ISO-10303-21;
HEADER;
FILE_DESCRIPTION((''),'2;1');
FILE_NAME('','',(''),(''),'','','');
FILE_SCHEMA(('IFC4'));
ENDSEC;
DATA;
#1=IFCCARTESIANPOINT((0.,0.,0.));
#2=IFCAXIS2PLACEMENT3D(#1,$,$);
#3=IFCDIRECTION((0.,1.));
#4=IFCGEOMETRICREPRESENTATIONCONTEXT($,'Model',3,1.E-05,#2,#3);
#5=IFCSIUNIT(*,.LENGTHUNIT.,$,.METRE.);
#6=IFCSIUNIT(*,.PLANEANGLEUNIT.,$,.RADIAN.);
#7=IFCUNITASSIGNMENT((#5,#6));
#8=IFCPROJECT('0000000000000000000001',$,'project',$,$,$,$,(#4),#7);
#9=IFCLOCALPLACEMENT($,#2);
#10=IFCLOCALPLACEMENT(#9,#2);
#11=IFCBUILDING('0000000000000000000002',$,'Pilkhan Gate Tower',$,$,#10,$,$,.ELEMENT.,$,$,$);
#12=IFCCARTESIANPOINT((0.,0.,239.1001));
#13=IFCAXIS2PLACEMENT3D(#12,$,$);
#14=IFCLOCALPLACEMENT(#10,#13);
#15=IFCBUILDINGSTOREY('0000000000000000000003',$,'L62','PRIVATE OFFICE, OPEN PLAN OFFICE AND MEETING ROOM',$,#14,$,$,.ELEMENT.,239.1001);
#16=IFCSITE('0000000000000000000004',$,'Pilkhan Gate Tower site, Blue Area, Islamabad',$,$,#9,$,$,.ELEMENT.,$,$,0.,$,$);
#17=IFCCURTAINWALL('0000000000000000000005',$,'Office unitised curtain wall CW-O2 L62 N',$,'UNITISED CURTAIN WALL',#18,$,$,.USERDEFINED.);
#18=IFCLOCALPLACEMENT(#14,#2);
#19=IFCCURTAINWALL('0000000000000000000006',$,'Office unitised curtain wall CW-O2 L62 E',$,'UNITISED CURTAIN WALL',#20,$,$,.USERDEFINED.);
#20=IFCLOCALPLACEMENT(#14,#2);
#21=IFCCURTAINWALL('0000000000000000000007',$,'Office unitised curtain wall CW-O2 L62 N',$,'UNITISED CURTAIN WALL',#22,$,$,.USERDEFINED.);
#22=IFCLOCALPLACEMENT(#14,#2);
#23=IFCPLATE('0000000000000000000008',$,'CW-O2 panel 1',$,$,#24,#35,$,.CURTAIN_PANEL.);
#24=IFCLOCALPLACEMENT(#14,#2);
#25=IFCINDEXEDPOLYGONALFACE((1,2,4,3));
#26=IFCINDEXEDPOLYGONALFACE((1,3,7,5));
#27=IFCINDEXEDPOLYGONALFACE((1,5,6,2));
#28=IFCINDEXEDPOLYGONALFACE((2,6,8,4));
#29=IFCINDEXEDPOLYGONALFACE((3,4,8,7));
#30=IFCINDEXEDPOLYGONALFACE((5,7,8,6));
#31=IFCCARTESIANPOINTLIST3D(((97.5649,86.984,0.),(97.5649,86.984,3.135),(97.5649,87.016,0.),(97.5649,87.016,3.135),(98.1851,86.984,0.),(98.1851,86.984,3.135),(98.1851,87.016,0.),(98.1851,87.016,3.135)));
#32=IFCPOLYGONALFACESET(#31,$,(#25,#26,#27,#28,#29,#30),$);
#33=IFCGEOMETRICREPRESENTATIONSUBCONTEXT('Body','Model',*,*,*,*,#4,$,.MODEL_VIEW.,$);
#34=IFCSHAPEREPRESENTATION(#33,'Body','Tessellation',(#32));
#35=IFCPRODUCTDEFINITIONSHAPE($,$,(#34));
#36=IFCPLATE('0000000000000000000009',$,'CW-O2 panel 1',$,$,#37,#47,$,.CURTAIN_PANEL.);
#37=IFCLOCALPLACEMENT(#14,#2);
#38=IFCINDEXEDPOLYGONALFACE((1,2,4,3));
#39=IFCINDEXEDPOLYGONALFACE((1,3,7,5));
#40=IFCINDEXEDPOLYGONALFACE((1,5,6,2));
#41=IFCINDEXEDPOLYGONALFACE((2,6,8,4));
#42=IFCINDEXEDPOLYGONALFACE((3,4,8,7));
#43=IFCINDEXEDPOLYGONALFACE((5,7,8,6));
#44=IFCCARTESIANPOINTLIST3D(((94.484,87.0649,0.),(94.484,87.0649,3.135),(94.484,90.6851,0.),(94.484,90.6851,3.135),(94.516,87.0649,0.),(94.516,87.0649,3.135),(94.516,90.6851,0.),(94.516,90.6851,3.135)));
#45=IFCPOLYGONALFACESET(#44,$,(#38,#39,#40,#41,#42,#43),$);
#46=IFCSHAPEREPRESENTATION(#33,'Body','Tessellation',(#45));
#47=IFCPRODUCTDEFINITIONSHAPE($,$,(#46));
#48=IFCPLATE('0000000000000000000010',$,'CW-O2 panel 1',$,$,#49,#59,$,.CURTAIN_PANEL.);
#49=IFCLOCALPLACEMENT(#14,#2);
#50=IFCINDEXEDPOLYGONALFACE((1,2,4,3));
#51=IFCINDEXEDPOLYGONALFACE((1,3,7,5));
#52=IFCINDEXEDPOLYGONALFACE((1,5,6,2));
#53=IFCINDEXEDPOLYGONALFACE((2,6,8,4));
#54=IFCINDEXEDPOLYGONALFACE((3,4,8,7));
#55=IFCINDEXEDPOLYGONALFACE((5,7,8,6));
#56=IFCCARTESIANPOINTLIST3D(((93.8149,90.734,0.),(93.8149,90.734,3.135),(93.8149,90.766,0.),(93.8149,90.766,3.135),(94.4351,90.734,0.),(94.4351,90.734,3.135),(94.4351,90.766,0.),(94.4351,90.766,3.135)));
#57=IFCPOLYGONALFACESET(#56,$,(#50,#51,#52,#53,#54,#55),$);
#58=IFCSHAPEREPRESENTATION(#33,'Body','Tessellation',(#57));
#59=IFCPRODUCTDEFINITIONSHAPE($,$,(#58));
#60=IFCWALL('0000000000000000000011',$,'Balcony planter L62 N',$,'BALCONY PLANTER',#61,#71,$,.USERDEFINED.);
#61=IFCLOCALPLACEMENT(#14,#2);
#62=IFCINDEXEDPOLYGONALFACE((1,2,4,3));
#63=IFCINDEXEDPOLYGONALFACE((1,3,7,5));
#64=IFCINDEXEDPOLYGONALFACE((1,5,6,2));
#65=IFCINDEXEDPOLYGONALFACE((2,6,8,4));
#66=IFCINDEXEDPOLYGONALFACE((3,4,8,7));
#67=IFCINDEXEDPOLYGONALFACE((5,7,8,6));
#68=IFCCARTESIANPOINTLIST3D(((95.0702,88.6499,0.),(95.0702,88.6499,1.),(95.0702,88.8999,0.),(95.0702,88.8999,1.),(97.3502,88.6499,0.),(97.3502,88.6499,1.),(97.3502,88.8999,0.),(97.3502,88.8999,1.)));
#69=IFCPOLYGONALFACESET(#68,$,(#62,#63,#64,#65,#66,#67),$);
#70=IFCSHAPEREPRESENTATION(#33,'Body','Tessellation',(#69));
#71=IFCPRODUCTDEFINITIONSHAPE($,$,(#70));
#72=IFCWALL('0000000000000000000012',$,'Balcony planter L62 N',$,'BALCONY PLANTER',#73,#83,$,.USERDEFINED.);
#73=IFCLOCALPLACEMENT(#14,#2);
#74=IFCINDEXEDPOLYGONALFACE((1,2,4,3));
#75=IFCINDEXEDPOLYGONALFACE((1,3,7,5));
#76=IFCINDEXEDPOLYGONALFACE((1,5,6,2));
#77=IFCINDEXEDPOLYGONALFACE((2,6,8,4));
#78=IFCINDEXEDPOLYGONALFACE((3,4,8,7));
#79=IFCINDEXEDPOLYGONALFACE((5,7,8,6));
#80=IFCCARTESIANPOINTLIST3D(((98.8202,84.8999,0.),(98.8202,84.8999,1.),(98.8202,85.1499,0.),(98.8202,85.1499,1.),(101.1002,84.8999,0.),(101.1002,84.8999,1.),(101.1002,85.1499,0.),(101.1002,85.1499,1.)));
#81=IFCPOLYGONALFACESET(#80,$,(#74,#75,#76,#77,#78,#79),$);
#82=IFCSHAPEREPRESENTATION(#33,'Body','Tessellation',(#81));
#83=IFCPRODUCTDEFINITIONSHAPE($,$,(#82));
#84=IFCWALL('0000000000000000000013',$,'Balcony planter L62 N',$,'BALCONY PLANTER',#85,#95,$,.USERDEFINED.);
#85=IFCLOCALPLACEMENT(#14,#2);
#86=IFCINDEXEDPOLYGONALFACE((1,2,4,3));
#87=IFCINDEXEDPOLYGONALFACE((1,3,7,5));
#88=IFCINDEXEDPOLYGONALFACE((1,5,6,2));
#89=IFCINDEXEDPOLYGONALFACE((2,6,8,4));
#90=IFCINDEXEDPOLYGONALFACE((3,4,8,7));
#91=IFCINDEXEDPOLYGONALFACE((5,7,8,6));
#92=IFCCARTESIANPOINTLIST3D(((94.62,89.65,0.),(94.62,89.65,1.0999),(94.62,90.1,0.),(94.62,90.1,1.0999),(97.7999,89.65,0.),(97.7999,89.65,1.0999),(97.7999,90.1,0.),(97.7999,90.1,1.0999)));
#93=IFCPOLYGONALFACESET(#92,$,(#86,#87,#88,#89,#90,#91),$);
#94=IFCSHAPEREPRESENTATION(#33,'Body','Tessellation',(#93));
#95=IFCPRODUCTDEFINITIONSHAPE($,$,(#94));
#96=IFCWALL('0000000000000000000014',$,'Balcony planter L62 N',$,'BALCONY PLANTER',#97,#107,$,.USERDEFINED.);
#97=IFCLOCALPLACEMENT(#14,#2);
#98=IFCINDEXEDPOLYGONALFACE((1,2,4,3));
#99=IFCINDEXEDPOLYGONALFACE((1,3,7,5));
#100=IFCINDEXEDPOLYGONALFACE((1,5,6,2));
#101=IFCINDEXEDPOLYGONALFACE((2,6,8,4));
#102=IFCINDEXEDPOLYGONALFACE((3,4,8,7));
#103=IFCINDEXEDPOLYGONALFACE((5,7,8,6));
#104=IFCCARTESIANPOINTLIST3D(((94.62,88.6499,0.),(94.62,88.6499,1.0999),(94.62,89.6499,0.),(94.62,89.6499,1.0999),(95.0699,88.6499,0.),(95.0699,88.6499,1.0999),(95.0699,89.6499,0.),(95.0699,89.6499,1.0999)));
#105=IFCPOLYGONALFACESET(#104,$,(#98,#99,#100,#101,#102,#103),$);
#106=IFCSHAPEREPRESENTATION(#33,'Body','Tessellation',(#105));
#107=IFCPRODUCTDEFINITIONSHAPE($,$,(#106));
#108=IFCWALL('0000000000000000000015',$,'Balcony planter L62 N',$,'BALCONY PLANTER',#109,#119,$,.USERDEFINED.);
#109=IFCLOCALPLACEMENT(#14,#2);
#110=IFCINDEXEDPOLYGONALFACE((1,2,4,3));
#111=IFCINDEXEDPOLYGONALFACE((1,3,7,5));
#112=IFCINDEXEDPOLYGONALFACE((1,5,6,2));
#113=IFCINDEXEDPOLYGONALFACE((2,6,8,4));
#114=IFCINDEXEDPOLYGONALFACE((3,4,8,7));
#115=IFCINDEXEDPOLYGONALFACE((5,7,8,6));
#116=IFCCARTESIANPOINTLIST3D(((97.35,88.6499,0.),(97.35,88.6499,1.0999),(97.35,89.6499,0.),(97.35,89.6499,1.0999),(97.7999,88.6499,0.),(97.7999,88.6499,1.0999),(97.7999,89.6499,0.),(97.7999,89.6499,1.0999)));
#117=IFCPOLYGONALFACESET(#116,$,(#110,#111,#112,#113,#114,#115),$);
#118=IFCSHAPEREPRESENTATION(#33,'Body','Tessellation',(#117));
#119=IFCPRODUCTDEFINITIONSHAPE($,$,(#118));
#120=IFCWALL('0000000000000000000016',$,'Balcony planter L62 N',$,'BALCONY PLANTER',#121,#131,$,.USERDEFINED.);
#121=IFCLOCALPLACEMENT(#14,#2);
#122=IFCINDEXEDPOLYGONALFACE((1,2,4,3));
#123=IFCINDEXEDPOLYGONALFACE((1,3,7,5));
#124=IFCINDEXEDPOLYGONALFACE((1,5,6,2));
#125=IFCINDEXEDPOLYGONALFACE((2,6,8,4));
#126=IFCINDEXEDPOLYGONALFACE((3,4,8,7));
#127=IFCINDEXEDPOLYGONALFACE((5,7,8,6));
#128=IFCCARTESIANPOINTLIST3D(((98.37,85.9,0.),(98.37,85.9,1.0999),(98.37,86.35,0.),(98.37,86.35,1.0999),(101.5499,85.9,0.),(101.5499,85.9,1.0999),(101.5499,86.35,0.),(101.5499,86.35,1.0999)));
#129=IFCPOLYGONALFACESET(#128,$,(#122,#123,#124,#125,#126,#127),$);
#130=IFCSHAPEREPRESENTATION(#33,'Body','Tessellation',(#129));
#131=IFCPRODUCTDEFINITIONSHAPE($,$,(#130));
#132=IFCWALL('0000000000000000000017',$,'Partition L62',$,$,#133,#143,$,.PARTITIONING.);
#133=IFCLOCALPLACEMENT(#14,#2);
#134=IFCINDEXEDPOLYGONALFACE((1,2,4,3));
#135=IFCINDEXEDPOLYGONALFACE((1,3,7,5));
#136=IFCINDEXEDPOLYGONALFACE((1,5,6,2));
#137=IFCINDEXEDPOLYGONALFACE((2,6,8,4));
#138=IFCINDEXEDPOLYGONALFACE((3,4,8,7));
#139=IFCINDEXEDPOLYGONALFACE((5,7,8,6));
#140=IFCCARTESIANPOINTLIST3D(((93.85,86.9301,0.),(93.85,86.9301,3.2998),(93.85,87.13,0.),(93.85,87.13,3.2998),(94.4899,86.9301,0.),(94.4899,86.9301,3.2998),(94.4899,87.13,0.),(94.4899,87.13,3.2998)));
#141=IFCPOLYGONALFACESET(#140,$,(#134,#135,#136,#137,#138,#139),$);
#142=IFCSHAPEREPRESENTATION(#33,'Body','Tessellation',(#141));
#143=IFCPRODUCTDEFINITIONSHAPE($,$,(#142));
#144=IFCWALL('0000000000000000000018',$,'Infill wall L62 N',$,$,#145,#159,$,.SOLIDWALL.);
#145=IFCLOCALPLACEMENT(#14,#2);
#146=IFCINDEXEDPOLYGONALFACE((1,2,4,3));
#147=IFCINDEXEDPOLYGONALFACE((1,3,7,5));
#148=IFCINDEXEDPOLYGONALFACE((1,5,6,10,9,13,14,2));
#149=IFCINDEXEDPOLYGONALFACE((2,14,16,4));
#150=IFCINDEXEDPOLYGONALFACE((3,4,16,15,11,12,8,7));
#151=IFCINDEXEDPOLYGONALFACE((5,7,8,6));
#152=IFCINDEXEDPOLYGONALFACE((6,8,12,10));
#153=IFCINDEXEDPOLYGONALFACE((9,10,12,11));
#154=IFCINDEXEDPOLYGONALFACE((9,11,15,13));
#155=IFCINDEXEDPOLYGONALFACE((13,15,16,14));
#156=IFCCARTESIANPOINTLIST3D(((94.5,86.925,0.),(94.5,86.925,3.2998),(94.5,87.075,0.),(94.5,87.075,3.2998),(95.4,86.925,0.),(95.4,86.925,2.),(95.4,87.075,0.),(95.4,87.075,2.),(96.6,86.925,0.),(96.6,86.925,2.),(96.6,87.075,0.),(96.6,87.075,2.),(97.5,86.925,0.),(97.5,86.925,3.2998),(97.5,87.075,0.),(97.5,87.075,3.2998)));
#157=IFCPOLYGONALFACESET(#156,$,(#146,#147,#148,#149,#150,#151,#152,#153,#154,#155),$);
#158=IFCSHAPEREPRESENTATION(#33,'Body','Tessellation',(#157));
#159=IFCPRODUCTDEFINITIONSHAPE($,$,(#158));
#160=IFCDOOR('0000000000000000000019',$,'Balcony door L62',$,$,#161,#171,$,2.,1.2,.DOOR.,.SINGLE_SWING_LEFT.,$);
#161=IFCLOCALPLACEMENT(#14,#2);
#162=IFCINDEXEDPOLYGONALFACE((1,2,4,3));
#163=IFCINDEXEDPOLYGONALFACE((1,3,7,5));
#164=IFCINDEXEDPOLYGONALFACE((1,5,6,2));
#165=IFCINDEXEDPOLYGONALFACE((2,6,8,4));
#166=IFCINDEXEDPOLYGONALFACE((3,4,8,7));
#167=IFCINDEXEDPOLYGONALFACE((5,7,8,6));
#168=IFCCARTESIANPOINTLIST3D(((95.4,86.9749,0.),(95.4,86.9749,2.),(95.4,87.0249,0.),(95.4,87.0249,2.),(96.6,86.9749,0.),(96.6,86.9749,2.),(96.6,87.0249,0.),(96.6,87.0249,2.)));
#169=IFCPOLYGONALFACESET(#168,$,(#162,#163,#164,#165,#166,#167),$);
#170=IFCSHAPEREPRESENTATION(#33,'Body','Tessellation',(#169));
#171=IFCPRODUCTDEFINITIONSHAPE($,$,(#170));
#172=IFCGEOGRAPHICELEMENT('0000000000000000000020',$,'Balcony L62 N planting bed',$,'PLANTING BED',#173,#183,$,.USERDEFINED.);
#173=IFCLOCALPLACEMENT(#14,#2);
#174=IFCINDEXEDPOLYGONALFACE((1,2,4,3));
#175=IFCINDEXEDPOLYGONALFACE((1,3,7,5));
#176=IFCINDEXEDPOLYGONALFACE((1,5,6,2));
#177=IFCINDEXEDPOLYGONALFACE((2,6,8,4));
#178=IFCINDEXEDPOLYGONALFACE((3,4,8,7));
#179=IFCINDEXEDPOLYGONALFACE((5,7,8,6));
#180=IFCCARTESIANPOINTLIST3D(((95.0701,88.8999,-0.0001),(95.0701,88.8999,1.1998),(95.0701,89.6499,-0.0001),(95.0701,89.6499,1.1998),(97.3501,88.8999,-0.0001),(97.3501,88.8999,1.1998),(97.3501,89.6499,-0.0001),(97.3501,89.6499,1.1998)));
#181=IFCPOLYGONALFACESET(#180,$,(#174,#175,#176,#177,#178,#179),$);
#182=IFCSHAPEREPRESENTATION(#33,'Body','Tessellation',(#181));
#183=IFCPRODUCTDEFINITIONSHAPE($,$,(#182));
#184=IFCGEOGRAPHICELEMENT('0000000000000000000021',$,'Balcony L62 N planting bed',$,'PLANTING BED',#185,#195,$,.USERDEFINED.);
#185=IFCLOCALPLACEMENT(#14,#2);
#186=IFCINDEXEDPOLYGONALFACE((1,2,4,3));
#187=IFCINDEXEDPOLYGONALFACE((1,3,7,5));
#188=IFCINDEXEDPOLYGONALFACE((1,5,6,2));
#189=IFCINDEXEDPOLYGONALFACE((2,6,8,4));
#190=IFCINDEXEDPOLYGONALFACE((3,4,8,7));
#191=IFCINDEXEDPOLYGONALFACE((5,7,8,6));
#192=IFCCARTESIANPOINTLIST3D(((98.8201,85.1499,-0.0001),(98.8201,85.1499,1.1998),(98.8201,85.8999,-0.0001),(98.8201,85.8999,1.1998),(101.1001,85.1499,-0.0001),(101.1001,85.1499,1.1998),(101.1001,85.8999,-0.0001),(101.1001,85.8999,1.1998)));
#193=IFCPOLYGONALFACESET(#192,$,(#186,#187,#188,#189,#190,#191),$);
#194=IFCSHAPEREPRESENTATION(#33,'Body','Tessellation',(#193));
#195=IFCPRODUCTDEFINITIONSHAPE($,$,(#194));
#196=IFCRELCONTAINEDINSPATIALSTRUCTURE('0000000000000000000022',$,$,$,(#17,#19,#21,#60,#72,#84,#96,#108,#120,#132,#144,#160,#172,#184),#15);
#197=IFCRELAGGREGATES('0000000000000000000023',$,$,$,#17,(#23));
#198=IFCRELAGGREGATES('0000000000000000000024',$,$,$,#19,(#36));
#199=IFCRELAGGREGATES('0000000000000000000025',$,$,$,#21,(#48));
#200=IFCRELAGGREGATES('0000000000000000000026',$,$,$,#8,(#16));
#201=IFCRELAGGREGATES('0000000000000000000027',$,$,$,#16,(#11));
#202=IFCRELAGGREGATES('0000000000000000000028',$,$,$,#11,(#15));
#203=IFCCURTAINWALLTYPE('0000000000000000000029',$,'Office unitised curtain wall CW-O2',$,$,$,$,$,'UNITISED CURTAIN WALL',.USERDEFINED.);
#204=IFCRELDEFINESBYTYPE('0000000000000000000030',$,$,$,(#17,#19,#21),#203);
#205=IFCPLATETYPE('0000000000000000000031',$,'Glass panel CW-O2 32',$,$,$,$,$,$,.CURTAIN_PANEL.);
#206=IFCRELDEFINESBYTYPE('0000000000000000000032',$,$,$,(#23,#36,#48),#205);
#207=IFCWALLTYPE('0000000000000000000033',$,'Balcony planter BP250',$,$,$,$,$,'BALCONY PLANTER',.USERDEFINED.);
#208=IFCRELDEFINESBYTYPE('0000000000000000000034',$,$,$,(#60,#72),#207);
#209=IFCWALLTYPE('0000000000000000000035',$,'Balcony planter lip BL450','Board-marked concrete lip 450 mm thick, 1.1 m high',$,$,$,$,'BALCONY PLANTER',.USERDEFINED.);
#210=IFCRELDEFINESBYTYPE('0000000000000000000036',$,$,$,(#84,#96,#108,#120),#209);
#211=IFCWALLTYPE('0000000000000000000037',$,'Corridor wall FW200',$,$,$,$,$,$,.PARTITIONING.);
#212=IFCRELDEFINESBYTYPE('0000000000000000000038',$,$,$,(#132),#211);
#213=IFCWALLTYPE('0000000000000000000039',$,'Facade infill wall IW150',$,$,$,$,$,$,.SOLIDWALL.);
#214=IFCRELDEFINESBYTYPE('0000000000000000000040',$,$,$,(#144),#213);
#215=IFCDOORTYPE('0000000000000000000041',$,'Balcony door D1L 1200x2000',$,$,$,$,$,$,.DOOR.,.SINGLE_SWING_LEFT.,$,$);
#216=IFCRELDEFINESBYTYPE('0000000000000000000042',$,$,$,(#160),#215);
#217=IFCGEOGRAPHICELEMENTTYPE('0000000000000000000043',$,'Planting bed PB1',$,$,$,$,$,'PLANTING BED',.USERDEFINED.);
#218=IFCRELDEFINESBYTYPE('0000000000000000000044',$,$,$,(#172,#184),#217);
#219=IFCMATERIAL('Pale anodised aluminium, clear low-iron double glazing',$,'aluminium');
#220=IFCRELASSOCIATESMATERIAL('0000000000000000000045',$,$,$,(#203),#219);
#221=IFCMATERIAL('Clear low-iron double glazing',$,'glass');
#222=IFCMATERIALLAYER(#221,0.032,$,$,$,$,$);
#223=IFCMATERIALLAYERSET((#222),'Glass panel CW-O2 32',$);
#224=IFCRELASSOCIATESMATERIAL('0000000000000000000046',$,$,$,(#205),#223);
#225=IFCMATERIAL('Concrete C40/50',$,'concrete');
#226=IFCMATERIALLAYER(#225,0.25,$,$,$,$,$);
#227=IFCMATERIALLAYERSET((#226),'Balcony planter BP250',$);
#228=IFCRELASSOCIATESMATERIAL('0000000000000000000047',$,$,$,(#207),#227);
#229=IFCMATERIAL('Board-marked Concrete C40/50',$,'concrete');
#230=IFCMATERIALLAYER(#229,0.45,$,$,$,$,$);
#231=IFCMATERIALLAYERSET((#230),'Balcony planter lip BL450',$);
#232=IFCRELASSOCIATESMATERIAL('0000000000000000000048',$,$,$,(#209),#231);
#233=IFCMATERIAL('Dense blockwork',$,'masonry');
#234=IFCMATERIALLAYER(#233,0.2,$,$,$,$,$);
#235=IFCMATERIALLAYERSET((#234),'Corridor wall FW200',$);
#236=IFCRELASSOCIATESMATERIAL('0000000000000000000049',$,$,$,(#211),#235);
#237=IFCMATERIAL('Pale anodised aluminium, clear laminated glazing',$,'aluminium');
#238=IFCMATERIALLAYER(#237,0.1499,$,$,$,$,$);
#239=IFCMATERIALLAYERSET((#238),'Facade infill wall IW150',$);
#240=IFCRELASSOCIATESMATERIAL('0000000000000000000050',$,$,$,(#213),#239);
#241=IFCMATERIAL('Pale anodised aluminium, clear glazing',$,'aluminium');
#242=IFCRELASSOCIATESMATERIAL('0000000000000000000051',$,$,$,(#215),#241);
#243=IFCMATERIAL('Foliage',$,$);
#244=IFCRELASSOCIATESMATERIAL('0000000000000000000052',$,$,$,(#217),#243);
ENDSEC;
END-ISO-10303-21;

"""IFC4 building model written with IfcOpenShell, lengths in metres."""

from ifc_helpers import new_model, si_unit, direction, frame, frame_2d, origin, origin_2d, place, context, subcontext, project, spatial, rectangle, extrude, material, layer, layer_set, material_profile, profile_set, type_object, element, fill, aggregate, save


model = new_model("IFC4")

# Units and contexts
model_context = context("Model", 3, precision=1e-05, world=origin(), true_north=direction((0.0, 1.0)))
body_context = subcontext(model_context, "Body", "Model", "MODEL_VIEW")
ifc_project = project(units=[si_unit("LENGTHUNIT", "METRE"), si_unit("PLANEANGLEUNIT", "RADIAN")], contexts=[model_context])

# Site, building, storey
site_placement = place(None, origin())
site = spatial("IfcSite", under=ifc_project, at=site_placement, Name="Pilkhan Gate Tower site, Blue Area, Islamabad", CompositionType="ELEMENT", RefElevation=0.0)
building_placement = place(site_placement, origin())
building = spatial("IfcBuilding", under=site, at=building_placement, Name="Pilkhan Gate Tower", CompositionType="ELEMENT")
storey_placement = place(building_placement, frame((0.0, 0.0, 239.1001)))
storey = spatial("IfcBuildingStorey", under=building, at=storey_placement, Name="L62", Description="PRIVATE OFFICE, OPEN PLAN OFFICE AND MEETING ROOM", CompositionType="ELEMENT", Elevation=239.1001)

# Shared definitions
ifc_material_1 = material(Name="Pale anodised aluminium, clear low-iron double glazing", Category="aluminium")
curtain_wall_type = type_object("IfcCurtainWallType", Name="Office unitised curtain wall CW-O2", ElementType="UNITISED CURTAIN WALL", PredefinedType="USERDEFINED", material=ifc_material_1)

# Curtain walls
curtain_wall_1_placement = place(storey_placement, origin())
curtain_wall_1 = element("IfcCurtainWall", 1, at=curtain_wall_1_placement, inside=storey, type_object=curtain_wall_type, Name="Office unitised curtain wall CW-O2 L62 N", ObjectType="UNITISED CURTAIN WALL", PredefinedType="USERDEFINED")
curtain_wall_2_placement = place(storey_placement, origin())
curtain_wall_2 = element("IfcCurtainWall", 2, at=curtain_wall_2_placement, inside=storey, type_object=curtain_wall_type, Name="Office unitised curtain wall CW-O2 L62 E", ObjectType="UNITISED CURTAIN WALL", PredefinedType="USERDEFINED")

# Curtain wall
curtain_wall_3_placement = place(storey_placement, origin())
curtain_wall_3 = element("IfcCurtainWall", 3, at=curtain_wall_3_placement, inside=storey, type_object=curtain_wall_type, Name="Office unitised curtain wall CW-O2 L62 N", ObjectType="UNITISED CURTAIN WALL", PredefinedType="USERDEFINED")

# Plates
ifc_material_2 = material(Name="Clear low-iron double glazing", Category="glass")
ifc_layer_1 = layer(ifc_material_2, 0.032)
ifc_layer_set_1 = layer_set([ifc_layer_1], Name="Glass panel CW-O2 32")
plate_type = type_object("IfcPlateType", Name="Glass panel CW-O2 32", PredefinedType="CURTAIN_PANEL", material=ifc_layer_set_1)
plate_1_placement = place(storey_placement, frame((97.875, 87.0, 0.0), z_axis=(0.0, 0.0, 1.0), x_axis=(1.0, 0.0, 0.0)))
plate_1 = element("IfcPlate", 4, at=plate_1_placement, type_object=plate_type, Name="CW-O2 panel 1", PredefinedType="CURTAIN_PANEL", context=body_context, shape_type="SweptSolid", body=[
    extrude(rectangle(XDim=0.6201, YDim=0.032, at=origin_2d()), origin(), (0.0, 0.0, 1.0), 3.135),
])
aggregate(curtain_wall_1, [plate_1])
plate_2_placement = place(storey_placement, frame((94.5, 88.875, 0.0), z_axis=(0.0, 0.0, 1.0), x_axis=(0.0, 1.0, 0.0)))
plate_2 = element("IfcPlate", 5, at=plate_2_placement, type_object=plate_type, Name="CW-O2 panel 1", PredefinedType="CURTAIN_PANEL", context=body_context, shape_type="SweptSolid", body=[
    extrude(rectangle(XDim=3.6201, YDim=0.032, at=origin_2d()), origin(), (0.0, 0.0, 1.0), 3.135),
])
aggregate(curtain_wall_2, [plate_2])
plate_3_placement = place(storey_placement, frame((94.125, 90.75, 0.0), z_axis=(0.0, 0.0, 1.0), x_axis=(1.0, 0.0, 0.0)))
plate_3 = element("IfcPlate", 6, at=plate_3_placement, type_object=plate_type, Name="CW-O2 panel 1", PredefinedType="CURTAIN_PANEL", context=body_context, shape_type="SweptSolid", body=[
    extrude(rectangle(XDim=0.6201, YDim=0.032, at=origin_2d()), origin(), (0.0, 0.0, 1.0), 3.135),
])
aggregate(curtain_wall_3, [plate_3])

# Walls
ifc_material_3 = material(Name="Concrete C40/50", Category="concrete")
ifc_layer_2 = layer(ifc_material_3, 0.25)
ifc_layer_set_2 = layer_set([ifc_layer_2], Name="Balcony planter BP250")
wall_type_1 = type_object("IfcWallType", Name="Balcony planter BP250", ElementType="BALCONY PLANTER", PredefinedType="USERDEFINED", material=ifc_layer_set_2)
for number, where, z_axis, x_axis, name in (
    (7, (95.0701, 88.7749, 0.0), (0.0, 0.0, 1.0), (1.0, 0.0, 0.0), "Balcony planter L62 N"),
    (8, (98.8201, 85.0249, 0.0), (0.0, 0.0, 1.0), (1.0, 0.0, 0.0), "Balcony planter L62 N"),
):
    element("IfcWall", number, at=place(storey_placement, frame(where, z_axis=z_axis, x_axis=x_axis)), inside=storey, type_object=wall_type_1, Name=name, ObjectType="BALCONY PLANTER", PredefinedType="USERDEFINED", context=body_context, shape_type="SweptSolid", body=[
        extrude(rectangle(XDim=2.28, YDim=0.25, at=frame_2d((1.1401, 0.0))), origin(), (0.0, 0.0, 1.0), 1.0),
    ])
ifc_material_4 = material(Name="Board-marked Concrete C40/50", Category="concrete")
ifc_layer_3 = layer(ifc_material_4, 0.45)
ifc_layer_set_3 = layer_set([ifc_layer_3], Name="Balcony planter lip BL450")
wall_type_2 = type_object("IfcWallType", Name="Balcony planter lip BL450", Description="Board-marked concrete lip 450 mm thick, 1.1 m high", ElementType="BALCONY PLANTER", PredefinedType="USERDEFINED", material=ifc_layer_set_3)
wall_1_placement = place(storey_placement, frame((94.6201, 89.875, 0.0), z_axis=(0.0, 0.0, 1.0), x_axis=(1.0, 0.0, 0.0)))
element("IfcWall", 9, at=wall_1_placement, inside=storey, type_object=wall_type_2, Name="Balcony planter L62 N", ObjectType="BALCONY PLANTER", PredefinedType="USERDEFINED", context=body_context, shape_type="SweptSolid", body=[
    extrude(rectangle(XDim=3.1799, YDim=0.45, at=frame_2d((1.5898, 0.0))), origin(), (0.0, 0.0, 1.0), 1.0999),
])
for number, where, z_axis, x_axis, name in (
    (10, (94.845, 88.6499, 0.0), (0.0, 0.0, 1.0), (0.0, 1.0, 0.0), "Balcony planter L62 N"),
    (11, (97.575, 88.6499, 0.0), (0.0, 0.0, 1.0), (0.0, 1.0, 0.0), "Balcony planter L62 N"),
):
    element("IfcWall", number, at=place(storey_placement, frame(where, z_axis=z_axis, x_axis=x_axis)), inside=storey, type_object=wall_type_2, Name=name, ObjectType="BALCONY PLANTER", PredefinedType="USERDEFINED", context=body_context, shape_type="SweptSolid", body=[
        extrude(rectangle(XDim=1.0, YDim=0.45, at=frame_2d((0.5, 0.0))), origin(), (0.0, 0.0, 1.0), 1.0999),
    ])
wall_2_placement = place(storey_placement, frame((98.3701, 86.125, 0.0), z_axis=(0.0, 0.0, 1.0), x_axis=(1.0, 0.0, 0.0)))
element("IfcWall", 12, at=wall_2_placement, inside=storey, type_object=wall_type_2, Name="Balcony planter L62 N", ObjectType="BALCONY PLANTER", PredefinedType="USERDEFINED", context=body_context, shape_type="SweptSolid", body=[
    extrude(rectangle(XDim=3.1799, YDim=0.45, at=frame_2d((1.5898, 0.0))), origin(), (0.0, 0.0, 1.0), 1.0999),
])
ifc_material_5 = material(Name="Dense blockwork", Category="masonry")
ifc_layer_4 = layer(ifc_material_5, 0.2)
ifc_layer_set_4 = layer_set([ifc_layer_4], Name="Corridor wall FW200")
wall_type_3 = type_object("IfcWallType", Name="Corridor wall FW200", PredefinedType="PARTITIONING", material=ifc_layer_set_4)
wall_3_placement = place(storey_placement, frame((93.8501, 87.03, 0.0), z_axis=(0.0, 0.0, 1.0), x_axis=(1.0, 0.0, 0.0)))
element("IfcWall", 13, at=wall_3_placement, inside=storey, type_object=wall_type_3, Name="Partition L62", PredefinedType="PARTITIONING", context=body_context, shape_type="SweptSolid", body=[
    extrude(rectangle(XDim=0.6399, YDim=0.2, at=frame_2d((0.3198, 0.0))), origin(), (0.0, 0.0, 1.0), 3.2998),
])

# Wall, opening, door
ifc_material_6 = material(Name="Pale anodised aluminium, clear laminated glazing", Category="aluminium")
ifc_layer_5 = layer(ifc_material_6, 0.1499)
ifc_layer_set_5 = layer_set([ifc_layer_5], Name="Facade infill wall IW150")
wall_type_4 = type_object("IfcWallType", Name="Facade infill wall IW150", PredefinedType="SOLIDWALL", material=ifc_layer_set_5)
wall_4_placement = place(storey_placement, frame((94.5, 87.0, 0.0), z_axis=(0.0, 0.0, 1.0), x_axis=(1.0, 0.0, 0.0)))
wall_4 = element("IfcWall", 14, at=wall_4_placement, inside=storey, type_object=wall_type_4, Name="Infill wall L62 N", PredefinedType="SOLIDWALL", context=body_context, shape_type="SweptSolid", body=[
    extrude(rectangle(XDim=3.0, YDim=0.1499, at=frame_2d((1.5, 0.0))), origin(), (0.0, 0.0, 1.0), 3.2998),
])
opening_placement = place(wall_4_placement, frame((0.8999, 0.0, 0.0)))
opening = element("IfcOpeningElement", 15, at=opening_placement, cuts=wall_4, PredefinedType="OPENING", context=body_context, shape_type="SweptSolid", body=[
    extrude(rectangle(XDim=1.2, YDim=2.0, at=frame_2d((0.6001, 1.0))), frame((0.0, 0.085, 0.0), z_axis=(0.0, -1.0, 0.0), x_axis=(1.0, 0.0, 0.0)), (0.0, 0.0, 1.0), 0.1699),
])
ifc_material_7 = material(Name="Pale anodised aluminium, clear glazing", Category="aluminium")
door_type = type_object("IfcDoorType", Name="Balcony door D1L 1200x2000", OperationType="SINGLE_SWING_LEFT", PredefinedType="DOOR", material=ifc_material_7)
door_placement = place(opening_placement, origin())
door = element("IfcDoor", 16, at=door_placement, inside=storey, type_object=door_type, Name="Balcony door L62", OperationType="SINGLE_SWING_LEFT", OverallHeight=2.0, OverallWidth=1.2, PredefinedType="DOOR", context=body_context, shape_type="SweptSolid", body=[
    extrude(rectangle(XDim=1.2, YDim=2.0, at=frame_2d((0.6001, 1.0))), frame((0.0, 0.0249, 0.0), z_axis=(0.0, -1.0, 0.0), x_axis=(1.0, 0.0, 0.0)), (0.0, 0.0, 1.0), 0.05),
])
fill(opening, door)

# Geographic elements
ifc_material_8 = material(Name="Foliage")
ifc_material_profile_1 = material_profile(ifc_material_8, rectangle(XDim=0.75, YDim=1.2, at=origin_2d()), Name="Bed 750x1200")
ifc_profile_set_1 = profile_set([ifc_material_profile_1], Name="Foliage")
geographic_element_type_1 = type_object("IfcGeographicElementType", Name="Planting bed PB1", ElementType="PLANTING BED", PredefinedType="USERDEFINED", material=ifc_profile_set_1)
for number, where, z_axis, x_axis, name in (
    (17, (95.0701, 89.2749, 0.5999), (1.0, 0.0, 0.0), (0.0, 1.0, 0.0), "Balcony L62 N planting bed"),
    (18, (98.8201, 85.5249, 0.5999), (1.0, 0.0, 0.0), (0.0, 1.0, 0.0), "Balcony L62 N planting bed"),
):
    element("IfcGeographicElement", number, at=place(storey_placement, frame(where, z_axis=z_axis, x_axis=x_axis)), inside=storey, type_object=geographic_element_type_1, Name=name, ObjectType="PLANTING BED", PredefinedType="USERDEFINED", context=body_context, shape_type="SweptSolid", body=[
        extrude(rectangle(XDim=0.75, YDim=1.2, at=origin_2d()), origin(), (0.0, 0.0, 1.0), 2.28),
    ])

save(model, "model.ifc")
